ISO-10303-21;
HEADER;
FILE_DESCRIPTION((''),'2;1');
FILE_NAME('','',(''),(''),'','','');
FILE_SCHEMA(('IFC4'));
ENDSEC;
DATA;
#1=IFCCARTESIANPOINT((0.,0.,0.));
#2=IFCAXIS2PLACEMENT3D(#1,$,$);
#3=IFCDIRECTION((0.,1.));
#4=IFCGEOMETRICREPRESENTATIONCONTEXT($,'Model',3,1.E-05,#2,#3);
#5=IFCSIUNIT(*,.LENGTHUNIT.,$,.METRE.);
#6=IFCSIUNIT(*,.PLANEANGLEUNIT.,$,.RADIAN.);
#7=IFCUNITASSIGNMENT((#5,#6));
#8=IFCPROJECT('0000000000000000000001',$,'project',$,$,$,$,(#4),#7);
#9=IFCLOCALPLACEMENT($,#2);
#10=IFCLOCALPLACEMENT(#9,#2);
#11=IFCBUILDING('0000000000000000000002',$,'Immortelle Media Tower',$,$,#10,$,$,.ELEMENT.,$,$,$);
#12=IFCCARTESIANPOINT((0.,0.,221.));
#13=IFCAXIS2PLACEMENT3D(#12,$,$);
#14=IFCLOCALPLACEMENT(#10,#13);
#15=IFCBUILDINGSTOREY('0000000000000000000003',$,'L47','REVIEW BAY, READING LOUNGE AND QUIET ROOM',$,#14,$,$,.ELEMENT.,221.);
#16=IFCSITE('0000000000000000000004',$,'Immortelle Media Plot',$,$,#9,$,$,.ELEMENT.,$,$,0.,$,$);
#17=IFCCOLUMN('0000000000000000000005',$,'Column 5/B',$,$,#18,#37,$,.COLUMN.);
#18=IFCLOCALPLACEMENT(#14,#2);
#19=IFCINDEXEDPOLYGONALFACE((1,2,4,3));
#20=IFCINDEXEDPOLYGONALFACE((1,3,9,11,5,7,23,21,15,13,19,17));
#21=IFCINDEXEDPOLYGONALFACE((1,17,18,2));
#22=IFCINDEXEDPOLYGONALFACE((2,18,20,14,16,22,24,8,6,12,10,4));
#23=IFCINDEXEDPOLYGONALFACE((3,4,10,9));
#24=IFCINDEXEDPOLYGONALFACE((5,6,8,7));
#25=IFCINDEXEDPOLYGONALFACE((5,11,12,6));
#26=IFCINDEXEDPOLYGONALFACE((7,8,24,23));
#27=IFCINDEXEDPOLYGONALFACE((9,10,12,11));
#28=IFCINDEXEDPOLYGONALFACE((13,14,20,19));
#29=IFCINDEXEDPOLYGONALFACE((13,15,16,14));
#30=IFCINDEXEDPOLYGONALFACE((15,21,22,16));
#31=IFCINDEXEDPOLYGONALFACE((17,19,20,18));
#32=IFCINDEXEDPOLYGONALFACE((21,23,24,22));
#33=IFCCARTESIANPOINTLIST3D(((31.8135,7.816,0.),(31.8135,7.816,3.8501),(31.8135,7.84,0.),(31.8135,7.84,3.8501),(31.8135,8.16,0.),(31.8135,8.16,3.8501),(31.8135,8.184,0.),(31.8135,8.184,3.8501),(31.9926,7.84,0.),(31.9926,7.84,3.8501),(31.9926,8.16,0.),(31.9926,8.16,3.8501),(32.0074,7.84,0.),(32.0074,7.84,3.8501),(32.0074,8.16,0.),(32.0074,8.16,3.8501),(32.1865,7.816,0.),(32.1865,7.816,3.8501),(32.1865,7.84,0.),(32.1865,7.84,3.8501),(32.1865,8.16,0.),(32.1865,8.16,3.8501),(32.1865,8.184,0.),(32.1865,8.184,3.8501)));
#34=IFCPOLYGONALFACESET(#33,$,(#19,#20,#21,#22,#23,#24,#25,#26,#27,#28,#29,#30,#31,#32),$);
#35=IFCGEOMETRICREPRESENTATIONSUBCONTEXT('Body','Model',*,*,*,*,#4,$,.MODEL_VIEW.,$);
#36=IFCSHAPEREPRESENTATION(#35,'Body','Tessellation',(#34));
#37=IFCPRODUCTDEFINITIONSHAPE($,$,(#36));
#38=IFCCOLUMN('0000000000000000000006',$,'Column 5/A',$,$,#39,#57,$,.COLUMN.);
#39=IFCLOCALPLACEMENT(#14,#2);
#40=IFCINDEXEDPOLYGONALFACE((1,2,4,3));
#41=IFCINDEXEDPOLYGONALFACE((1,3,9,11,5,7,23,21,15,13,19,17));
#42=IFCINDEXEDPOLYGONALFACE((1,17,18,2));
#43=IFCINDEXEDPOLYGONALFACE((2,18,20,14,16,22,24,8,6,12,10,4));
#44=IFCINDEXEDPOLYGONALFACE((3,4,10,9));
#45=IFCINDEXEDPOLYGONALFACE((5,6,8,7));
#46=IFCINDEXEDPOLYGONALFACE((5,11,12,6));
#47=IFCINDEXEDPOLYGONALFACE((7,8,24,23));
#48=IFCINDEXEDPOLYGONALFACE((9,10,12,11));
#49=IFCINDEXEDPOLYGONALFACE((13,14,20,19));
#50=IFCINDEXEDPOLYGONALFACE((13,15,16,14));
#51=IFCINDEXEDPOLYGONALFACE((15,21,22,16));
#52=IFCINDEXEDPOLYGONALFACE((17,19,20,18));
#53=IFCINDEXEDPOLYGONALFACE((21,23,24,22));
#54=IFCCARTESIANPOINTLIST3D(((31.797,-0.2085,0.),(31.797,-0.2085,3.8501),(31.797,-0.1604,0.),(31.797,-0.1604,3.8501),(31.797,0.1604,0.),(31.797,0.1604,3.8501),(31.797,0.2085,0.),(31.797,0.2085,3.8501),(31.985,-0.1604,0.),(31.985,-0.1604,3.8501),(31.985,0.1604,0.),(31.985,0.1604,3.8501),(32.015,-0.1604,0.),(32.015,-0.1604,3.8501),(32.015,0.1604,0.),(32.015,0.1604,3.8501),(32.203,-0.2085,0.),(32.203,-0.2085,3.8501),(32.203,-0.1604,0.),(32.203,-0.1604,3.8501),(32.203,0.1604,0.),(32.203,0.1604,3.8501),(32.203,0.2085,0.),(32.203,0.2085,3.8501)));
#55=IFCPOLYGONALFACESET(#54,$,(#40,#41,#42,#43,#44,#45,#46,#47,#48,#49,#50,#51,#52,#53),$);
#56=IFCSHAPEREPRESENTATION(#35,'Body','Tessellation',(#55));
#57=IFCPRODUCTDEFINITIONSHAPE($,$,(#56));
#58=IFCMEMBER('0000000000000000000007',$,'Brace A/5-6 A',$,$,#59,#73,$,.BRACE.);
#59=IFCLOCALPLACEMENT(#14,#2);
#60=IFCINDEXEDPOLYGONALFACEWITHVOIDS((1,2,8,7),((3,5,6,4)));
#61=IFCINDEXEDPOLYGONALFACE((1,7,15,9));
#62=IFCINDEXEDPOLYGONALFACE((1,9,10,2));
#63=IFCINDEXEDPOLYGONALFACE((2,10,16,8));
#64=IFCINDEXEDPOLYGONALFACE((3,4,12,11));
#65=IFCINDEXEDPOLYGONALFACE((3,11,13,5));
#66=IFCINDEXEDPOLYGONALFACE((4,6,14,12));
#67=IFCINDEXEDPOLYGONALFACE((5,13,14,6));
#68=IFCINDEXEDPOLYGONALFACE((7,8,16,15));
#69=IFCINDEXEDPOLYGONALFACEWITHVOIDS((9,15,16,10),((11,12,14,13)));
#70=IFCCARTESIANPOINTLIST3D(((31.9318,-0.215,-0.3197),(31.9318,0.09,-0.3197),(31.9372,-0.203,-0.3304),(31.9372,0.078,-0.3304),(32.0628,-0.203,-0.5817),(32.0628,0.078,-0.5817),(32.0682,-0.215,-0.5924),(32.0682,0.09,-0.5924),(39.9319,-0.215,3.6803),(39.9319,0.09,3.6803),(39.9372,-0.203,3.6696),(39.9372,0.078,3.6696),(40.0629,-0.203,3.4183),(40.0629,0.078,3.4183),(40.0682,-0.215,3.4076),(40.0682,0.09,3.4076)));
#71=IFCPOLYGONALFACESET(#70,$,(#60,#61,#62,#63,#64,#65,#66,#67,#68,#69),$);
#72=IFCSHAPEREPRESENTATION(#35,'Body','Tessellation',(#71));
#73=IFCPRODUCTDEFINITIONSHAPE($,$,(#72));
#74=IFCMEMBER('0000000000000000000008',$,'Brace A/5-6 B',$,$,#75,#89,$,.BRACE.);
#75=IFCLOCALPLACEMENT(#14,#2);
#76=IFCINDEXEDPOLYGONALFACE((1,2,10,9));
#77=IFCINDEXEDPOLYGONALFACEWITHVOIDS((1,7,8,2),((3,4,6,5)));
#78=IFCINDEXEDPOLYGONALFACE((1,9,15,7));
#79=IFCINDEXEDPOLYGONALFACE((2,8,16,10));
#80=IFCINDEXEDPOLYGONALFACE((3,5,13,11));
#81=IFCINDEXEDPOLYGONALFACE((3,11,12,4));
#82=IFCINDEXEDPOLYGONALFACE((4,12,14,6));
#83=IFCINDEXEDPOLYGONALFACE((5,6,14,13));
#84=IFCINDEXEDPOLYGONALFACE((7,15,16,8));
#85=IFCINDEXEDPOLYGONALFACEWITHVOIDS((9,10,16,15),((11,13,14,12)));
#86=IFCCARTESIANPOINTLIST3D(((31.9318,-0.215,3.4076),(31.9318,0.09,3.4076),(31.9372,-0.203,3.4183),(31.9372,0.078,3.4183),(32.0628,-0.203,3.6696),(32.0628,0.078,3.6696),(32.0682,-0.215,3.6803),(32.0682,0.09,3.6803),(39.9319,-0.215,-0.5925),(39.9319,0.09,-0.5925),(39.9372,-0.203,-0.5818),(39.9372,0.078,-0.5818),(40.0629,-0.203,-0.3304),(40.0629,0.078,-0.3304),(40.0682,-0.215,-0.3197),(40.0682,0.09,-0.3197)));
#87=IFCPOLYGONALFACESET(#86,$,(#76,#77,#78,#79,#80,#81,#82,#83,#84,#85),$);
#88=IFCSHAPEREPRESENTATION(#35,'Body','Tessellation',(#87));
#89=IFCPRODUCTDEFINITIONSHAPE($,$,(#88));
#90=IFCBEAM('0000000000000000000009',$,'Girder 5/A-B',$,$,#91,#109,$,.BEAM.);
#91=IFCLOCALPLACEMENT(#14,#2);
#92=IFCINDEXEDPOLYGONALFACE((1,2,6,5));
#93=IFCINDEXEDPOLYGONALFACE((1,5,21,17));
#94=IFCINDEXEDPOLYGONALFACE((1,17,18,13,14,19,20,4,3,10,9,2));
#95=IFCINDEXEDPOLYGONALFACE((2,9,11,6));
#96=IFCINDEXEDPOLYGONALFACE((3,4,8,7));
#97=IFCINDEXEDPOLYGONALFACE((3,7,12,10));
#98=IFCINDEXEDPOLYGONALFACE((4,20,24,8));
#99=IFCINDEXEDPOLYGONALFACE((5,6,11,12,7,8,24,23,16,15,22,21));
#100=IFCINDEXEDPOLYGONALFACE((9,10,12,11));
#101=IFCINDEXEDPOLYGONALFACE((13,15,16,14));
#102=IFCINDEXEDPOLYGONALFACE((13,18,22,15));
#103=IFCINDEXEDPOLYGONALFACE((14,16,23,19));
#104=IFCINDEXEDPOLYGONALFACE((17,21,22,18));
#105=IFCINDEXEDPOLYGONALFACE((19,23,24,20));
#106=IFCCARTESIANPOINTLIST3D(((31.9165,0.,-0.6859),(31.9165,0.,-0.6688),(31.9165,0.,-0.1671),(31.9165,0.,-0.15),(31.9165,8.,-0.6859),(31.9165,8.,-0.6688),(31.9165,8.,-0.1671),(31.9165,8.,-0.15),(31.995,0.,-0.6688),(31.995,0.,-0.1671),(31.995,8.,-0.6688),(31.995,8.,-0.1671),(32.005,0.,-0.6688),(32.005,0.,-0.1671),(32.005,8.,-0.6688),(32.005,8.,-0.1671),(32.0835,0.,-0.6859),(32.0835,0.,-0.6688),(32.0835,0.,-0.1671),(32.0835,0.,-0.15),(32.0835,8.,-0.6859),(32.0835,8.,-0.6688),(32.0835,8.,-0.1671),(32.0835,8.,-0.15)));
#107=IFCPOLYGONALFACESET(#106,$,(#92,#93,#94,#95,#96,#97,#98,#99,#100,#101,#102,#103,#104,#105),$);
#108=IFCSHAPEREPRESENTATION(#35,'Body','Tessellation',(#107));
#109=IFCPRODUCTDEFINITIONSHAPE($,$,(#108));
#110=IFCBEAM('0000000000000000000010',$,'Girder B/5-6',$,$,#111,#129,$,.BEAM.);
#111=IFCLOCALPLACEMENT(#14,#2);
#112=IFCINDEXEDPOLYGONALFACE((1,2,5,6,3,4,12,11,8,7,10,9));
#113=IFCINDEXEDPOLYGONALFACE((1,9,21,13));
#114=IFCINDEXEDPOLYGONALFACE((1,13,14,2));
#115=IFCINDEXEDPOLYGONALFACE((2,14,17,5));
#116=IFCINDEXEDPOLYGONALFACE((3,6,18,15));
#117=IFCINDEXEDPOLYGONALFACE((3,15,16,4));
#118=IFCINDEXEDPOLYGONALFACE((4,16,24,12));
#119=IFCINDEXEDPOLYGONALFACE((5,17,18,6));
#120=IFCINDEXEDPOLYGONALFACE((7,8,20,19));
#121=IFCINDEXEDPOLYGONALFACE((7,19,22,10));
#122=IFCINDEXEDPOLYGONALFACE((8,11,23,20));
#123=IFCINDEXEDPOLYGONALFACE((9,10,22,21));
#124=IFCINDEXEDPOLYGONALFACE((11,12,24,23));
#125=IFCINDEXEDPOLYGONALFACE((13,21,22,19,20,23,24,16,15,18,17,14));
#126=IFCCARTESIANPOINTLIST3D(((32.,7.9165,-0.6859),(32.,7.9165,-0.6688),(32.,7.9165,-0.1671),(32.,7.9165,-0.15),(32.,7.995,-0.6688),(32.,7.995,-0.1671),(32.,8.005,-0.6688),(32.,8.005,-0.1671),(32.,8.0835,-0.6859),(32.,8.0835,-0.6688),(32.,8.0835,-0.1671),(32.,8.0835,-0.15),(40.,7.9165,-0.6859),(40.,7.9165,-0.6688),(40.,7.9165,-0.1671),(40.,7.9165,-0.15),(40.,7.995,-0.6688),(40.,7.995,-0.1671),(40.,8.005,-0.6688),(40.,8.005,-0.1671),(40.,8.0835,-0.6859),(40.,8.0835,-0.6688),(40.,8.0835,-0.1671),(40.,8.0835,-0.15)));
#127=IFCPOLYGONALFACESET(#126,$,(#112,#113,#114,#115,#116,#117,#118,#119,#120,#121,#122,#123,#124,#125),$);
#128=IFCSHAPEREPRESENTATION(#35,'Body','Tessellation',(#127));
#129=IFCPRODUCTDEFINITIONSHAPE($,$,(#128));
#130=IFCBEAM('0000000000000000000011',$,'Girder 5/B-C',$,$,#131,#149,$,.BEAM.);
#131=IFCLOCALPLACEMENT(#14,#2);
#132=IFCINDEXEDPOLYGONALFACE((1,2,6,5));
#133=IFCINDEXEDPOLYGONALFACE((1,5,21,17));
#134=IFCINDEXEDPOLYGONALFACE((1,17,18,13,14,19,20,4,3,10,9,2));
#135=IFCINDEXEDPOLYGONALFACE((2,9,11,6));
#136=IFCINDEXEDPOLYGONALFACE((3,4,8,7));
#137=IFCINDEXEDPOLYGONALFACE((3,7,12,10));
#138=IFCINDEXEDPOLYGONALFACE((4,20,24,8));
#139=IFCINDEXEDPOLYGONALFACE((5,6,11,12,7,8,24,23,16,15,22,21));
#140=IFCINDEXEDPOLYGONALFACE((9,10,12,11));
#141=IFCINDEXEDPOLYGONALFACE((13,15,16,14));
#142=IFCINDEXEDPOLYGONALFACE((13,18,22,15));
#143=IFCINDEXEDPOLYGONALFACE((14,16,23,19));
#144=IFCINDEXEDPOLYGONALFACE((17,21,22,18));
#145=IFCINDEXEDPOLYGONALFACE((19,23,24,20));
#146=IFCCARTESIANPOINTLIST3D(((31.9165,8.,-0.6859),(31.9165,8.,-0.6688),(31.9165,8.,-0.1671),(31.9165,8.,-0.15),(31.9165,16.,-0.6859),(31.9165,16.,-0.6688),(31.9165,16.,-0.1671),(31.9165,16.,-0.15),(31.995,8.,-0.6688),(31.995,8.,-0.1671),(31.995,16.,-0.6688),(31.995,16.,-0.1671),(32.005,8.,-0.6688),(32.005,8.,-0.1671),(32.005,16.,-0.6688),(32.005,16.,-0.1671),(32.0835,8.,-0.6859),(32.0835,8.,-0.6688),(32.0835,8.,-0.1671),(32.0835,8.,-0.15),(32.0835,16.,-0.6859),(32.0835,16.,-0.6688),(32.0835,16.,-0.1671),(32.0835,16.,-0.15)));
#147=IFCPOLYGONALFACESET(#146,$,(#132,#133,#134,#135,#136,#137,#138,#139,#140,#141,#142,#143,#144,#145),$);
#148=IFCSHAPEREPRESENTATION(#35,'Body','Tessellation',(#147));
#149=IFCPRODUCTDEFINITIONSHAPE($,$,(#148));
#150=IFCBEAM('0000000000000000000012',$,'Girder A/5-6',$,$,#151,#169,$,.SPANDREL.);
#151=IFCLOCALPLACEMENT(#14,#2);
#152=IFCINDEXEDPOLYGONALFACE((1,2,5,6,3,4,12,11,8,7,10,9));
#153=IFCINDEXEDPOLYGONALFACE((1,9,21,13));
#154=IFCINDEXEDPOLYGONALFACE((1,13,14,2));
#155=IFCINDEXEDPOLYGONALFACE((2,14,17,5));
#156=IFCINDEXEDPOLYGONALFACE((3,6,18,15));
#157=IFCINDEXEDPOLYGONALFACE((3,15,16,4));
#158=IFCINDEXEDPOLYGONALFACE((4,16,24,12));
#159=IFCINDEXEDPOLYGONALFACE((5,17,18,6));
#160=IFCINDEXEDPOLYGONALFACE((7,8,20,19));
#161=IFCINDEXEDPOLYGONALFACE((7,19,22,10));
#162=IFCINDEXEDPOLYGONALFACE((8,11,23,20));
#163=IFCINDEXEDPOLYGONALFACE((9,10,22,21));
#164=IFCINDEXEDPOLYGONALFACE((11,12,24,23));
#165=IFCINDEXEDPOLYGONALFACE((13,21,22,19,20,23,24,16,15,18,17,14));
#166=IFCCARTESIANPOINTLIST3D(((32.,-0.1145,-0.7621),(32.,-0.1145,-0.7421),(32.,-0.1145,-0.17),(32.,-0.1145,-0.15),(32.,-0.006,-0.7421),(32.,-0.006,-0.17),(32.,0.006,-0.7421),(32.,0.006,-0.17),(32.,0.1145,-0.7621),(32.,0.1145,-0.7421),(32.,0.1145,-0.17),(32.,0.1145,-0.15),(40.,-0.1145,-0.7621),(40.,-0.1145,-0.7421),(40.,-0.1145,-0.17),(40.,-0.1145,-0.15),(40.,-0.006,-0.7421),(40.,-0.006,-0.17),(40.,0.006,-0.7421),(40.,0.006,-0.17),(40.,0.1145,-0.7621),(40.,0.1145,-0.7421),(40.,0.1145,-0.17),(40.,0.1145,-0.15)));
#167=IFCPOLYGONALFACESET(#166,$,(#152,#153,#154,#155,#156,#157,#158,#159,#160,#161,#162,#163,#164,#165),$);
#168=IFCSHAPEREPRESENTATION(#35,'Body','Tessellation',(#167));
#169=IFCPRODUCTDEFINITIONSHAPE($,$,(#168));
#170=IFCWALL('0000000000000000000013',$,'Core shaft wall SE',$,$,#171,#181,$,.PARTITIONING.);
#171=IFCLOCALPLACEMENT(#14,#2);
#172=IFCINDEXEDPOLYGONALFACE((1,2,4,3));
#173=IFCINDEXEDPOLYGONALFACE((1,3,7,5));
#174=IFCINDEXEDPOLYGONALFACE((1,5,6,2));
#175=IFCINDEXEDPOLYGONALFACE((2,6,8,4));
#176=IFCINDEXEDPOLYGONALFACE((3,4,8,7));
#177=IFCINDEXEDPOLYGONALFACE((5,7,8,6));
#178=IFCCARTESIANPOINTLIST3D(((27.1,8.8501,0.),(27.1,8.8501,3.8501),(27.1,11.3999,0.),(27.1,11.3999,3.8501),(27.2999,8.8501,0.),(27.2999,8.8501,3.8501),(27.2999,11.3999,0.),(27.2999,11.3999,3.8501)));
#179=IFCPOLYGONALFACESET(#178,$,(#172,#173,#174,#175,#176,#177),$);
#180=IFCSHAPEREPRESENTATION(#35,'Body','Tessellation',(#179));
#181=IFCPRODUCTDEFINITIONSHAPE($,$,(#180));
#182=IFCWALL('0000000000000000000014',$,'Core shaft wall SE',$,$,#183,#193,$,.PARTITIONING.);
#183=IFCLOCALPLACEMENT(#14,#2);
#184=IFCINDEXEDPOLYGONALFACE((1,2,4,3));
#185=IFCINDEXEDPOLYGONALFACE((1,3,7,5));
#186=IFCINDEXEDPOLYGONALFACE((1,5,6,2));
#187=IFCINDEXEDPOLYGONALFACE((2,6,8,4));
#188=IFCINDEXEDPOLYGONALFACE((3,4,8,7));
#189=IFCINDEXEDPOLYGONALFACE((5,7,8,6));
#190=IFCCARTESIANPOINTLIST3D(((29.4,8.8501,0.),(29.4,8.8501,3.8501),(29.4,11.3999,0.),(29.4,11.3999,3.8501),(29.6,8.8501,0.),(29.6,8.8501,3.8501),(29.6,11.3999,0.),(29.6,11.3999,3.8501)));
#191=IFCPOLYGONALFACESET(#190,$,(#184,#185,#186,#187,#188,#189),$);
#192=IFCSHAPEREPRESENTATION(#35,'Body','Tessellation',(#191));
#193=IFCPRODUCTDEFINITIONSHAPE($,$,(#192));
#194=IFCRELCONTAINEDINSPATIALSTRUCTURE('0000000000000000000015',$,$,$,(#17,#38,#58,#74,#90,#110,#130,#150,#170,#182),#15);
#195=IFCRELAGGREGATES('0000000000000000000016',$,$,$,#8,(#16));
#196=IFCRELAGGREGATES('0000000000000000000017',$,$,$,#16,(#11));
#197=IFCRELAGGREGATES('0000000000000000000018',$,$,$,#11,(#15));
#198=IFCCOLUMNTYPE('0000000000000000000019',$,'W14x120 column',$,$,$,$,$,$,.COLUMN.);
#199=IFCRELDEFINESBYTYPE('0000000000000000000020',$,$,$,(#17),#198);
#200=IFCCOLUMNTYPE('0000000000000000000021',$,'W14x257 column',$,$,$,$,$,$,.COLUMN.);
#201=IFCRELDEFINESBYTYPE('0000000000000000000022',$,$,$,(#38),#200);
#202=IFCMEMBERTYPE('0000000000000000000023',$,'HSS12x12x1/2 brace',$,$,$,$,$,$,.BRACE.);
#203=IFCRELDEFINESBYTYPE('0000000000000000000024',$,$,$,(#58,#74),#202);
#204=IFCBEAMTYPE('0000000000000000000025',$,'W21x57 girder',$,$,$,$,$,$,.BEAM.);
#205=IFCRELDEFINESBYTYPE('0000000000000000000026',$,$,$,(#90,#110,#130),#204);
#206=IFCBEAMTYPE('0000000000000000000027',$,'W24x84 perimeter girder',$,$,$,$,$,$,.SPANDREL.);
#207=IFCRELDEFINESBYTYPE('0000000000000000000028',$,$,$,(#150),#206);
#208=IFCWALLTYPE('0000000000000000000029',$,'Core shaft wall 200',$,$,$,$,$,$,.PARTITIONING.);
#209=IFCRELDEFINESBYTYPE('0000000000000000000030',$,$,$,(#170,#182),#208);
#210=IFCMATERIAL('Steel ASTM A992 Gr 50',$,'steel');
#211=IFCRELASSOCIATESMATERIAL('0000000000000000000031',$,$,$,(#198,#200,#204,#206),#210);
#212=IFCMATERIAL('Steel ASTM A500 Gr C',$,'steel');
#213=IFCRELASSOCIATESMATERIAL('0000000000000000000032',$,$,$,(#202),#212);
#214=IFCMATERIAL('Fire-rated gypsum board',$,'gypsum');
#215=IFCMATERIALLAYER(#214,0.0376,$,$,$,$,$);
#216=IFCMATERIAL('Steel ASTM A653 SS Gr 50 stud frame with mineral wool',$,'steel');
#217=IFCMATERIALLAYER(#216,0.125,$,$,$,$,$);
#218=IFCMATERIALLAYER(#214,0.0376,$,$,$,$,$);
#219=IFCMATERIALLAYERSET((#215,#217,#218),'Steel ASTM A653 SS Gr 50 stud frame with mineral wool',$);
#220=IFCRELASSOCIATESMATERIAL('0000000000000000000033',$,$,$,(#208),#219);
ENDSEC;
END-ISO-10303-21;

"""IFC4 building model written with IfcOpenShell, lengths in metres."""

from ifc_helpers import new_model, si_unit, direction, frame, frame_2d, origin, origin_2d, place, context, subcontext, project, spatial, rectangle, hollow_rectangle, i_section, extrude, material, layer, layer_set, material_profile, profile_set, type_object, element, save


model = new_model("IFC4")

# Units and contexts
model_context = context("Model", 3, precision=1e-05, world=origin(), true_north=direction((0.0, 1.0)))
body_context = subcontext(model_context, "Body", "Model", "MODEL_VIEW")
ifc_project = project(units=[si_unit("LENGTHUNIT", "METRE"), si_unit("PLANEANGLEUNIT", "RADIAN")], contexts=[model_context])

# Site, building, storey
site_placement = place(None, origin())
site = spatial("IfcSite", under=ifc_project, at=site_placement, Name="Immortelle Media Plot", CompositionType="ELEMENT", RefElevation=0.0)
building_placement = place(site_placement, origin())
building = spatial("IfcBuilding", under=site, at=building_placement, Name="Immortelle Media Tower", CompositionType="ELEMENT")
storey_placement = place(building_placement, frame((0.0, 0.0, 221.0)))
storey = spatial("IfcBuildingStorey", under=building, at=storey_placement, Name="L47", Description="REVIEW BAY, READING LOUNGE AND QUIET ROOM", CompositionType="ELEMENT", Elevation=221.0)

# Columns
ifc_material_1 = material(Name="Steel ASTM A992 Gr 50", Category="steel")
ifc_material_profile_1 = material_profile(ifc_material_1, i_section(OverallWidth=0.373, OverallDepth=0.3679, WebThickness=0.0149, FlangeThickness=0.0239, at=origin_2d()), Name="W14x120")
ifc_profile_set_1 = profile_set([ifc_material_profile_1], Name="Steel ASTM A992 Gr 50")
column_type_1 = type_object("IfcColumnType", Name="W14x120 column", PredefinedType="COLUMN", material=ifc_profile_set_1)
column_1_placement = place(storey_placement, frame((32.0, 8.0, 0.0), z_axis=(0.0, 0.0, 1.0), x_axis=(1.0, 0.0, 0.0)))
element("IfcColumn", 1, at=column_1_placement, inside=storey, type_object=column_type_1, Name="Column 5/B", PredefinedType="COLUMN", context=body_context, shape_type="SweptSolid", body=[
    extrude(i_section(OverallWidth=0.373, OverallDepth=0.3679, WebThickness=0.0149, FlangeThickness=0.0239, at=origin_2d()), origin(), (0.0, 0.0, 1.0), 3.8501),
])
ifc_material_profile_2 = material_profile(ifc_material_1, i_section(OverallWidth=0.406, OverallDepth=0.417, WebThickness=0.03, FlangeThickness=0.0481, at=origin_2d()), Name="W14x257")
ifc_profile_set_2 = profile_set([ifc_material_profile_2], Name="Steel ASTM A992 Gr 50")
column_type_2 = type_object("IfcColumnType", Name="W14x257 column", PredefinedType="COLUMN", material=ifc_profile_set_2)
column_2_placement = place(storey_placement, frame((32.0, 0.0, 0.0), z_axis=(0.0, 0.0, 1.0), x_axis=(1.0, 0.0, 0.0)))
element("IfcColumn", 2, at=column_2_placement, inside=storey, type_object=column_type_2, Name="Column 5/A", PredefinedType="COLUMN", context=body_context, shape_type="SweptSolid", body=[
    extrude(i_section(OverallWidth=0.406, OverallDepth=0.417, WebThickness=0.03, FlangeThickness=0.0481, at=origin_2d()), origin(), (0.0, 0.0, 1.0), 3.8501),
])

# Members
ifc_material_2 = material(Name="Steel ASTM A500 Gr C", Category="steel")
ifc_material_profile_3 = material_profile(ifc_material_2, hollow_rectangle(XDim=0.3049, YDim=0.3049, WallThickness=0.012, at=origin_2d()), Name="HSS12x12x1/2 brace")
ifc_profile_set_3 = profile_set([ifc_material_profile_3], Name="Steel ASTM A500 Gr C")
member_type = type_object("IfcMemberType", Name="HSS12x12x1/2 brace", PredefinedType="BRACE", material=ifc_profile_set_3)
for number, where, z_axis, x_axis, name in (
    (3, (32.0, -0.0625, -0.4561), (0.894427, 0.0, 0.447214), (0.0, 1.0, 0.0), "Brace A/5-6 A"),
    (4, (32.0, -0.0625, 3.5439), (0.894427, 0.0, -0.447214), (0.0, 1.0, 0.0), "Brace A/5-6 B"),
):
    element("IfcMember", number, at=place(storey_placement, frame(where, z_axis=z_axis, x_axis=x_axis)), inside=storey, type_object=member_type, Name=name, PredefinedType="BRACE", context=body_context, shape_type="SweptSolid", body=[
        extrude(hollow_rectangle(XDim=0.3049, YDim=0.3049, WallThickness=0.012, at=origin_2d()), origin(), (0.0, 0.0, 1.0), 8.9443),
    ])

# Beams
ifc_material_profile_4 = material_profile(ifc_material_1, i_section(OverallWidth=0.167, OverallDepth=0.5359, WebThickness=0.01, FlangeThickness=0.0171, at=origin_2d()), Name="W21x57")
ifc_profile_set_4 = profile_set([ifc_material_profile_4], Name="Steel ASTM A992 Gr 50")
beam_type_1 = type_object("IfcBeamType", Name="W21x57 girder", PredefinedType="BEAM", material=ifc_profile_set_4)
for number, where, z_axis, x_axis, name in (
    (5, (32.0, 0.0, -0.418), (0.0, 1.0, 0.0), (-1.0, 0.0, 0.0), "Girder 5/A-B"),
    (6, (32.0, 8.0, -0.418), (1.0, 0.0, 0.0), (0.0, 1.0, 0.0), "Girder B/5-6"),
    (7, (32.0, 8.0, -0.418), (0.0, 1.0, 0.0), (-1.0, 0.0, 0.0), "Girder 5/B-C"),
):
    element("IfcBeam", number, at=place(storey_placement, frame(where, z_axis=z_axis, x_axis=x_axis)), inside=storey, type_object=beam_type_1, Name=name, PredefinedType="BEAM", context=body_context, shape_type="SweptSolid", body=[
        extrude(i_section(OverallWidth=0.167, OverallDepth=0.5359, WebThickness=0.01, FlangeThickness=0.0171, at=origin_2d()), origin(), (0.0, 0.0, 1.0), 8.0),
    ])
ifc_material_profile_5 = material_profile(ifc_material_1, i_section(OverallWidth=0.229, OverallDepth=0.6121, WebThickness=0.012, FlangeThickness=0.02, at=origin_2d()), Name="W24x84")
ifc_profile_set_5 = profile_set([ifc_material_profile_5], Name="Steel ASTM A992 Gr 50")
beam_type_2 = type_object("IfcBeamType", Name="W24x84 perimeter girder", PredefinedType="SPANDREL", material=ifc_profile_set_5)
beam_placement = place(storey_placement, frame((32.0, 0.0, -0.4561), z_axis=(1.0, 0.0, 0.0), x_axis=(0.0, 1.0, 0.0)))
element("IfcBeam", 8, at=beam_placement, inside=storey, type_object=beam_type_2, Name="Girder A/5-6", PredefinedType="SPANDREL", context=body_context, shape_type="SweptSolid", body=[
    extrude(i_section(OverallWidth=0.229, OverallDepth=0.6121, WebThickness=0.012, FlangeThickness=0.02, at=origin_2d()), origin(), (0.0, 0.0, 1.0), 8.0),
])

# Walls
ifc_material_3 = material(Name="Fire-rated gypsum board", Category="gypsum")
ifc_layer_1 = layer(ifc_material_3, 0.0376)
ifc_material_4 = material(Name="Steel ASTM A653 SS Gr 50 stud frame with mineral wool", Category="steel")
ifc_layer_2 = layer(ifc_material_4, 0.125)
ifc_layer_3 = layer(ifc_material_3, 0.0376)
ifc_layer_set_1 = layer_set([ifc_layer_1, ifc_layer_2, ifc_layer_3], Name="Steel ASTM A653 SS Gr 50 stud frame with mineral wool")
wall_type_1 = type_object("IfcWallType", Name="Core shaft wall 200", PredefinedType="PARTITIONING", material=ifc_layer_set_1)
for number, where, z_axis, x_axis, name in (
    (9, (27.2, 8.8501, 0.0), (0.0, 0.0, 1.0), (0.0, 1.0, 0.0), "Core shaft wall SE"),
    (10, (29.5, 8.8501, 0.0), (0.0, 0.0, 1.0), (0.0, 1.0, 0.0), "Core shaft wall SE"),
):
    element("IfcWall", number, at=place(storey_placement, frame(where, z_axis=z_axis, x_axis=x_axis)), inside=storey, type_object=wall_type_1, Name=name, PredefinedType="PARTITIONING", context=body_context, shape_type="SweptSolid", body=[
        extrude(rectangle(XDim=2.5498, YDim=0.2, at=frame_2d((1.2749, 0.0))), origin(), (0.0, 0.0, 1.0), 3.8501),
    ])

save(model, "model.ifc")
